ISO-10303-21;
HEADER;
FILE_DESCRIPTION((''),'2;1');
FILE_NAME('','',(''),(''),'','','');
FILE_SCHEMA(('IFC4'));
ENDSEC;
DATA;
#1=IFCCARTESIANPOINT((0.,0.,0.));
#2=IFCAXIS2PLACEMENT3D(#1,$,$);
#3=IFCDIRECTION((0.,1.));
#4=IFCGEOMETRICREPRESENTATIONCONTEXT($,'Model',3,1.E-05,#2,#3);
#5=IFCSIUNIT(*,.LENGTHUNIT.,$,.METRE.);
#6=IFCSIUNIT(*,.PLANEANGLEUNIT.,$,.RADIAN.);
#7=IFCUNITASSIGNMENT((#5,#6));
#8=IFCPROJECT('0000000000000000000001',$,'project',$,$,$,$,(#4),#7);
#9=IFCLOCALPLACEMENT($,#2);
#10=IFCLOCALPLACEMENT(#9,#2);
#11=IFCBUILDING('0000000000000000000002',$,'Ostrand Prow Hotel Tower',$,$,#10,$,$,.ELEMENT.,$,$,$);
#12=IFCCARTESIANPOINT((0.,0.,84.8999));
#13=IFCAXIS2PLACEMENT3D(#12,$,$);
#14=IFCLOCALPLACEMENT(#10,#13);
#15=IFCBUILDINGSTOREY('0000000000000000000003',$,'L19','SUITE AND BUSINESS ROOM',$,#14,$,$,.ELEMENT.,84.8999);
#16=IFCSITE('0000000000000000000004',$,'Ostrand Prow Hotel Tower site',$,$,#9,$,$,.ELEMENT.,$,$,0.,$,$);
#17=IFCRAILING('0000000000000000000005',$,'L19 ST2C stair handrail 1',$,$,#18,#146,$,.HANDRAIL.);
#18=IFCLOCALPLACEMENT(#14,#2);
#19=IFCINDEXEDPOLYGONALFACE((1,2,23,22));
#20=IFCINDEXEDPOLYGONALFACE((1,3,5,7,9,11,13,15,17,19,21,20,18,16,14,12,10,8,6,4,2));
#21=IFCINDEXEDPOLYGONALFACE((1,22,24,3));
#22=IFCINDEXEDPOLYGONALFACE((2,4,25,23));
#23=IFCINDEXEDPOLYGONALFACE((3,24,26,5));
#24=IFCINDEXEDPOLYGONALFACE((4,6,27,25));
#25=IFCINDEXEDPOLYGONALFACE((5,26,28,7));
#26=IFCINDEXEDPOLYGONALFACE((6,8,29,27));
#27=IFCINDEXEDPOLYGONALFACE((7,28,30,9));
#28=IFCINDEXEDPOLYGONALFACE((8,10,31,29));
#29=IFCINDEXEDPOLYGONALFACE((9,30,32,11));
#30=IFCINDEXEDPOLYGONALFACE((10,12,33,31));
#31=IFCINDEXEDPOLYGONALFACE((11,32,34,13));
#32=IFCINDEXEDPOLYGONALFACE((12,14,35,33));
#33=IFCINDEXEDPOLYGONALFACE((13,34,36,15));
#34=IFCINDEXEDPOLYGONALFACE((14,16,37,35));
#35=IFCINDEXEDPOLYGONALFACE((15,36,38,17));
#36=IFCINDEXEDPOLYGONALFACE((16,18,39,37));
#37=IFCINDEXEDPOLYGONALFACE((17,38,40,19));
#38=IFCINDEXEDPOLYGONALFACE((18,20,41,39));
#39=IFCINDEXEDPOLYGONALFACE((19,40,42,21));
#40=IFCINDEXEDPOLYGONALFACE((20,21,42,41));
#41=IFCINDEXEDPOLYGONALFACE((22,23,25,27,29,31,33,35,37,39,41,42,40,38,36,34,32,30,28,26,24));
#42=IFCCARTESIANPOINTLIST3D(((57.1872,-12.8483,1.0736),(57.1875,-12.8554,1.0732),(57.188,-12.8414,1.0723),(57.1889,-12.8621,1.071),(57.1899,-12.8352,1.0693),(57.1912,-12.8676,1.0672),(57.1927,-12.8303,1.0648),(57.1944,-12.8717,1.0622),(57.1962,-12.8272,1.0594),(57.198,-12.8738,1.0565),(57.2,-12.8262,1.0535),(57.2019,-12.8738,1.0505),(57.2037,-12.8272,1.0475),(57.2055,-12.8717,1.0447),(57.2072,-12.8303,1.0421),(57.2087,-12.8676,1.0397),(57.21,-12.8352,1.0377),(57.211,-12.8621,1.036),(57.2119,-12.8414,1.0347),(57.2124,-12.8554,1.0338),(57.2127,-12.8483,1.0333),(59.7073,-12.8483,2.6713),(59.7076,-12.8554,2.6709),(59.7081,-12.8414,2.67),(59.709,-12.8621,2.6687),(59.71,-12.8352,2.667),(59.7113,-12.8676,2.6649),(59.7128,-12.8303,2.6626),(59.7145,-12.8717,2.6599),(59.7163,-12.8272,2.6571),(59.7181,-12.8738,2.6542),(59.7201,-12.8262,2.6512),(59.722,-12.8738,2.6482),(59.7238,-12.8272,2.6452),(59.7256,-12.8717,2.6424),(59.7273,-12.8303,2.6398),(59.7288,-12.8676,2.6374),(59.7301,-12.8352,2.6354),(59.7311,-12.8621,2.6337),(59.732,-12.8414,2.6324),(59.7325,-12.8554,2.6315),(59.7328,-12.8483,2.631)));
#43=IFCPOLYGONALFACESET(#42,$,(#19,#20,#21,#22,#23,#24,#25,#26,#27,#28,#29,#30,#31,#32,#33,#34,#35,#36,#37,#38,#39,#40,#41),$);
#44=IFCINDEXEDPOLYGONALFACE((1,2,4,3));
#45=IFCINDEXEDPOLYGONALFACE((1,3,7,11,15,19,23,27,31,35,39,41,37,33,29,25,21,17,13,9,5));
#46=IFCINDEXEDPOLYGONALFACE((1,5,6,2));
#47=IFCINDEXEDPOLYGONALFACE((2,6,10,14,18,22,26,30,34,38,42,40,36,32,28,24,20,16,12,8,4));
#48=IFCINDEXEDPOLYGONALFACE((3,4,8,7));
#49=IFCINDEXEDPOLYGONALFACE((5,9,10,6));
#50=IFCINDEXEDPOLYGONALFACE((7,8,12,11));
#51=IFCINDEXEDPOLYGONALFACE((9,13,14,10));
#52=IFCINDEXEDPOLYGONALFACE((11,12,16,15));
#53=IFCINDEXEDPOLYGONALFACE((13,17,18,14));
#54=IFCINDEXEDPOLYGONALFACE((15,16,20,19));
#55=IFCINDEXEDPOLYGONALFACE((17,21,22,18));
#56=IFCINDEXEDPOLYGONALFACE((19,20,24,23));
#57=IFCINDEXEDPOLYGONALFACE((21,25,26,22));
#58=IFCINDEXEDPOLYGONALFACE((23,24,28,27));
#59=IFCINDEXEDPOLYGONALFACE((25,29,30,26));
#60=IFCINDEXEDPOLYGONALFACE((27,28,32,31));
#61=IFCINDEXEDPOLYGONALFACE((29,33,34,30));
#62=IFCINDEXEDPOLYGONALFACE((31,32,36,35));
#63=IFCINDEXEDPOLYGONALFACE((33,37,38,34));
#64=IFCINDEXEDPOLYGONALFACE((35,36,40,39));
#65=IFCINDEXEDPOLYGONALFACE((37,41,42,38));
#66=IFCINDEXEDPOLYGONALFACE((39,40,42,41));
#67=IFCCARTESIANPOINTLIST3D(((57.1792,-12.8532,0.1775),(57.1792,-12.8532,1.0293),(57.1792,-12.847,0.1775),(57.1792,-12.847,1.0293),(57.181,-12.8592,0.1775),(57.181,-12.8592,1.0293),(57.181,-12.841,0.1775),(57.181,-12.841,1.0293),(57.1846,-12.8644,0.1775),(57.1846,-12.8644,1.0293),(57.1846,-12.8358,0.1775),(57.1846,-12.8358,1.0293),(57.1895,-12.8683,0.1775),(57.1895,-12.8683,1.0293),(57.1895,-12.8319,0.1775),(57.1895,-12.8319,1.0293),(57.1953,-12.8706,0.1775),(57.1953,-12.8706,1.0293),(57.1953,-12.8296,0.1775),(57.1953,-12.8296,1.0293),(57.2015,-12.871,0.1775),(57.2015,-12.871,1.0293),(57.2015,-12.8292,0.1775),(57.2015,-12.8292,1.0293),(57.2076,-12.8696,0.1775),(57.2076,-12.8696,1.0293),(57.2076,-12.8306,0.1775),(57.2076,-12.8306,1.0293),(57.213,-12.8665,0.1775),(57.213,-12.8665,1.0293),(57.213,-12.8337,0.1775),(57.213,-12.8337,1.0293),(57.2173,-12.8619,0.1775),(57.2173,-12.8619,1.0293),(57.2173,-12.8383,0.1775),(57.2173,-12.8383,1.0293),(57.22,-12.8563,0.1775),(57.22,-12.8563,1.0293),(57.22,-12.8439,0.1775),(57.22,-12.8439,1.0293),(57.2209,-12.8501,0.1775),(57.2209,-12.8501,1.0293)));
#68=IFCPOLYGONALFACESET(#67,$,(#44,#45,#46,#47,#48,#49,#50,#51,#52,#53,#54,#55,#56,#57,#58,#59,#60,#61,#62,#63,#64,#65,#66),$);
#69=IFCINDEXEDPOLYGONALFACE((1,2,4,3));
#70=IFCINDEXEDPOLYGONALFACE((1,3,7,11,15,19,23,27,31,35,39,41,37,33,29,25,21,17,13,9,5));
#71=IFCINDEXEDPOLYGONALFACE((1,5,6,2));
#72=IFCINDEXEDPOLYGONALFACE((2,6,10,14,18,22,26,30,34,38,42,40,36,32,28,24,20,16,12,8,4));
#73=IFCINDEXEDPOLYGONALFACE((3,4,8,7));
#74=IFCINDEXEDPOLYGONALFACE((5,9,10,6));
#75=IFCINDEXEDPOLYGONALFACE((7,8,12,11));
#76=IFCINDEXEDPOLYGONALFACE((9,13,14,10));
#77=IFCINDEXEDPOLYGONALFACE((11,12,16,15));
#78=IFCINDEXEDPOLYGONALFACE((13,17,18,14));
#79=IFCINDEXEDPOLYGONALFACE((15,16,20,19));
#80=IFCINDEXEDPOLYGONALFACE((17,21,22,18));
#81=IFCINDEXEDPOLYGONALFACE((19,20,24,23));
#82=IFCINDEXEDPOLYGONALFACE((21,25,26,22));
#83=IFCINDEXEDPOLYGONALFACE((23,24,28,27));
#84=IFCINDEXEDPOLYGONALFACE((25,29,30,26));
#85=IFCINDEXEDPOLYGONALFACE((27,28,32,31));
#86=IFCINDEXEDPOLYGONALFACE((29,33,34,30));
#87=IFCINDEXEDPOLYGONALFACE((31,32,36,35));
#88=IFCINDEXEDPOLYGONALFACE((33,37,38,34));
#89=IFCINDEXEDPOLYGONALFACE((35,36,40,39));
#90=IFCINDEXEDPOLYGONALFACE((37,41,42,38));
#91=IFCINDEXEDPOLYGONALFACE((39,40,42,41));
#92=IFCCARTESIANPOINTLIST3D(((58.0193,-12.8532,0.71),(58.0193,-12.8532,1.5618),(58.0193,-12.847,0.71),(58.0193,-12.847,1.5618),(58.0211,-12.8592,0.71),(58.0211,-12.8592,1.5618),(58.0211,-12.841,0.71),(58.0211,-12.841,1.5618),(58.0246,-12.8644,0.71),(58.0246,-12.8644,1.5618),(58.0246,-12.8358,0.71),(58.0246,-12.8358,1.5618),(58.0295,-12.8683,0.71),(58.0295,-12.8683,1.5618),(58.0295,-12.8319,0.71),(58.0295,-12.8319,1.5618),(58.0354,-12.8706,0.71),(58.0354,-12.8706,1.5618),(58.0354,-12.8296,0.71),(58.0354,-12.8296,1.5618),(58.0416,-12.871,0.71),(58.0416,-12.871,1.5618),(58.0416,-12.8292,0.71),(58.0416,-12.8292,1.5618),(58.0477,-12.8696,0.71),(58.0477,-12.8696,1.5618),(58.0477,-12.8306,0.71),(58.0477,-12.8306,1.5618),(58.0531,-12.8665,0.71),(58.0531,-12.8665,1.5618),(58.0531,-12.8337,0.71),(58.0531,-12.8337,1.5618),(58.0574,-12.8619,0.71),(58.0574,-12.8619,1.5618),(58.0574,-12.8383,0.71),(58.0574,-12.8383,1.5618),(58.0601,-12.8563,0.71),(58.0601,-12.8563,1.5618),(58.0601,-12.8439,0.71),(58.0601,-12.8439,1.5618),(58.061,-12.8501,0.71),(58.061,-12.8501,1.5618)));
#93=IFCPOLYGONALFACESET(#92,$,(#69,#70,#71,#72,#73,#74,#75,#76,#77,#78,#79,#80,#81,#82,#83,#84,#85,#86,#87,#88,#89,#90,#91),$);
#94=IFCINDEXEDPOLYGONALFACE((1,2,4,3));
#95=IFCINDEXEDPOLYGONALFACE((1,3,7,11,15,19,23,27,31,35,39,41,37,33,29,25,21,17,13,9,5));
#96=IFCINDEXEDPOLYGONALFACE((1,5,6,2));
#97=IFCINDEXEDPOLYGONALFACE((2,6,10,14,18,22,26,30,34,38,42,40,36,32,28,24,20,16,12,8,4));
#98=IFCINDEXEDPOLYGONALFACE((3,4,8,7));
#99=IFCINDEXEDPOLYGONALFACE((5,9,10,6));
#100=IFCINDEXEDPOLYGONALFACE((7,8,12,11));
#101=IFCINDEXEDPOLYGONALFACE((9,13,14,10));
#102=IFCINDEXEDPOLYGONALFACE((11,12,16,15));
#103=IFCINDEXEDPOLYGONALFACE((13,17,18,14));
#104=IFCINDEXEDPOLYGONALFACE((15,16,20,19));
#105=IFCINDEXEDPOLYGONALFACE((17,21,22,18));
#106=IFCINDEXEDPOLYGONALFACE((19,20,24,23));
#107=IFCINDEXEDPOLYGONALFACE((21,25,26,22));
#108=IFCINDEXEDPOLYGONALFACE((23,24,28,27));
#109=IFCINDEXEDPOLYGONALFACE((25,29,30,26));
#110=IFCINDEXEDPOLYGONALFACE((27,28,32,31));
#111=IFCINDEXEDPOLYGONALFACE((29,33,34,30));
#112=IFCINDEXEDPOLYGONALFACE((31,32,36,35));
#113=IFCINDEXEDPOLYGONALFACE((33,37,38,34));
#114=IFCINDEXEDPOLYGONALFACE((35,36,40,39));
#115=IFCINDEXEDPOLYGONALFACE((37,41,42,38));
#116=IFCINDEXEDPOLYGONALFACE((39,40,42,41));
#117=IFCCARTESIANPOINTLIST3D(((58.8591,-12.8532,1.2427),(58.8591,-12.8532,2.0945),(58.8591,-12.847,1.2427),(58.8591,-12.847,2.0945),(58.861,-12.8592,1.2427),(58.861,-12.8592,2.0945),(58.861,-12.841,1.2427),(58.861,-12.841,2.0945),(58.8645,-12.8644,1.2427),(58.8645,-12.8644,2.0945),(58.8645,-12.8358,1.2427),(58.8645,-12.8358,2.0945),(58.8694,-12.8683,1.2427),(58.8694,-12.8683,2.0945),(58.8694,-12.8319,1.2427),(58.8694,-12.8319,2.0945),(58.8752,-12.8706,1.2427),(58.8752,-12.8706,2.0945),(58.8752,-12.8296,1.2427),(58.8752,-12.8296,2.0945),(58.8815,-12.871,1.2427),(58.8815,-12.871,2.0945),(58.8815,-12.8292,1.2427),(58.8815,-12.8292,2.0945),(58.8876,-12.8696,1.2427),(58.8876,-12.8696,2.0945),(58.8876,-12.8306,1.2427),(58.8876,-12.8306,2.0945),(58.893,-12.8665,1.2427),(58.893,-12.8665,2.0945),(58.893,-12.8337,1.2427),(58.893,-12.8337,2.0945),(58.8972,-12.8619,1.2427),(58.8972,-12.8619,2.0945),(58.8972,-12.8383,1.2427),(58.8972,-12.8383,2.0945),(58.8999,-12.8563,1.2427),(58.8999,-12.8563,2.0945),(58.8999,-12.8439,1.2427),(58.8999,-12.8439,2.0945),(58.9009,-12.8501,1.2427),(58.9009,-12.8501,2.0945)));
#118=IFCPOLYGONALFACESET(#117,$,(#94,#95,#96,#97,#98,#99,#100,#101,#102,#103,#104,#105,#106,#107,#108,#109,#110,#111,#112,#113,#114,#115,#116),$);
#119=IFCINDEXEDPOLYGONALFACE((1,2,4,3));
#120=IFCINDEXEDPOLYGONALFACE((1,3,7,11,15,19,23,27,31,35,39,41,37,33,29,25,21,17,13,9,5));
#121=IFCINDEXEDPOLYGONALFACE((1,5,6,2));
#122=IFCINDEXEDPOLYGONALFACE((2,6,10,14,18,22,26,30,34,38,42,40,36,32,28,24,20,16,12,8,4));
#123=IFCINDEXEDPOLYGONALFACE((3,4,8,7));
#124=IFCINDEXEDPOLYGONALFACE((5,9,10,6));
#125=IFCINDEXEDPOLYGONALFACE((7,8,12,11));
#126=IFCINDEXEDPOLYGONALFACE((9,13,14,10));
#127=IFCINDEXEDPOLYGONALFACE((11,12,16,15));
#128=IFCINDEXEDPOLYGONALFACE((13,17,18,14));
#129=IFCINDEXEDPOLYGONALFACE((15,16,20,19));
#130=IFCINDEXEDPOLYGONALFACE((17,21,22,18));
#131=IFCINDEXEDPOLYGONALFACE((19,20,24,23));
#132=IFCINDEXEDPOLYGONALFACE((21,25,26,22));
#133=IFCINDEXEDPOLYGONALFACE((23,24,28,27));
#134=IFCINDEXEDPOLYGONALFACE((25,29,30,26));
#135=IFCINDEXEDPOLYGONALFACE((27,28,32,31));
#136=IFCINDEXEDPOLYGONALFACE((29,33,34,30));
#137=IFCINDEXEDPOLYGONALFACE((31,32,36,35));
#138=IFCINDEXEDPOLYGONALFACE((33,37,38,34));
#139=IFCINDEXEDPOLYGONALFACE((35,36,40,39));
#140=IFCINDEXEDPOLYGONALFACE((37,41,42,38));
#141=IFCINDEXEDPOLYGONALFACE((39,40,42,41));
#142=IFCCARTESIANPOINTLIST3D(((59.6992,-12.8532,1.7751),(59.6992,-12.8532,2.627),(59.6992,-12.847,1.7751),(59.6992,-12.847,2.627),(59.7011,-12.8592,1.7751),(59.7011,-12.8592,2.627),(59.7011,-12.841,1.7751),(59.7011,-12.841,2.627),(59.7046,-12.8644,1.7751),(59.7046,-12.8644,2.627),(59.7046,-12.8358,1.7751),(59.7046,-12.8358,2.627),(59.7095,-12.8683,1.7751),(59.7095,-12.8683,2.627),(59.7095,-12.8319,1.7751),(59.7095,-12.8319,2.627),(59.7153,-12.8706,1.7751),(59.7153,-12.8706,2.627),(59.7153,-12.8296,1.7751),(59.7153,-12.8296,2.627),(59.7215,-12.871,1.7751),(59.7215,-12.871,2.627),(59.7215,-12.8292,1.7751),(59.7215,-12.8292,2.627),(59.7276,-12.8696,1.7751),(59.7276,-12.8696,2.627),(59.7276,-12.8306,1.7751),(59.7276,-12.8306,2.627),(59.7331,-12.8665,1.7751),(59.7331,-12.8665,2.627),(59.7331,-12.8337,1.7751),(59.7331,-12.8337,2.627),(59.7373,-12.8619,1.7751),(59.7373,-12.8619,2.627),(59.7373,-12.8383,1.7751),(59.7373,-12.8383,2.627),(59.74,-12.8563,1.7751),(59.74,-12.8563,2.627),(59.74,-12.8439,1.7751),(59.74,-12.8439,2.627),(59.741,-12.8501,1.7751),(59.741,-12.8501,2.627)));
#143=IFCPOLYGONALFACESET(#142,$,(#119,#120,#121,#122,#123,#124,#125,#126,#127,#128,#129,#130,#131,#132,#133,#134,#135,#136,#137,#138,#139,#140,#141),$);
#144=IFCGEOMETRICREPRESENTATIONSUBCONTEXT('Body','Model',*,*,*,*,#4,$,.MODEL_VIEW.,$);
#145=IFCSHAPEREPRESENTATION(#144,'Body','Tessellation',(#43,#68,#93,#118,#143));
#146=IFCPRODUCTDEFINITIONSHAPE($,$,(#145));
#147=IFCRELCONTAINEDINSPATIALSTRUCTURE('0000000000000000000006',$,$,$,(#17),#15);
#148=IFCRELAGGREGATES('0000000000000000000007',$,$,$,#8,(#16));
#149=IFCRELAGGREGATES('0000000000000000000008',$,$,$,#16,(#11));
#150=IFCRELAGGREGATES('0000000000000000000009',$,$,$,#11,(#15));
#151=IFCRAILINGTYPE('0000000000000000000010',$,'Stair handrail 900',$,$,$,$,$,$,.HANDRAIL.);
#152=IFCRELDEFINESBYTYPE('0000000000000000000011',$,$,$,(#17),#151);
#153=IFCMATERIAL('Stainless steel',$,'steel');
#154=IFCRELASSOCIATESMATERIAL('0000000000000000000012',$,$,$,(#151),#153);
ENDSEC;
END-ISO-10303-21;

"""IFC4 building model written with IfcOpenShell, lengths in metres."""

from ifc_helpers import new_model, si_unit, direction, frame, origin, origin_2d, place, context, subcontext, project, spatial, circle, extrude, material, type_object, element, save


model = new_model("IFC4")

# Units and contexts
model_context = context("Model", 3, precision=1e-05, world=origin(), true_north=direction((0.0, 1.0)))
body_context = subcontext(model_context, "Body", "Model", "MODEL_VIEW")
ifc_project = project(units=[si_unit("LENGTHUNIT", "METRE"), si_unit("PLANEANGLEUNIT", "RADIAN")], contexts=[model_context])

# Site, building, storey
site_placement = place(None, origin())
site = spatial("IfcSite", under=ifc_project, at=site_placement, Name="Ostrand Prow Hotel Tower site", CompositionType="ELEMENT", RefElevation=0.0)
building_placement = place(site_placement, origin())
building = spatial("IfcBuilding", under=site, at=building_placement, Name="Ostrand Prow Hotel Tower", CompositionType="ELEMENT")
storey_placement = place(building_placement, frame((0.0, 0.0, 84.8999)))
storey = spatial("IfcBuildingStorey", under=building, at=storey_placement, Name="L19", Description="SUITE AND BUSINESS ROOM", CompositionType="ELEMENT", Elevation=84.8999)

# Railing
ifc_material_1 = material(Name="Stainless steel", Category="steel")
railing_type_1 = type_object("IfcRailingType", Name="Stair handrail 900", PredefinedType="HANDRAIL", material=ifc_material_1)
railing_1_placement = place(storey_placement, frame((57.2, -12.8501, 0.1775)))
element("IfcRailing", 1, at=railing_1_placement, inside=storey, type_object=railing_type_1, Name="L19 ST2C stair handrail 1", PredefinedType="HANDRAIL", context=body_context, shape_type="SweptSolid", body=[
    extrude(circle(Radius=0.0239, at=origin_2d()), frame((0.0, 0.0, 0.876), z_axis=(0.84457, 0.0, 0.535445), x_axis=(0.0, 1.0, 0.0)), (0.0, 0.0, 1.0), 2.9839),
    extrude(circle(Radius=0.021, at=origin_2d()), origin(), (0.0, 0.0, 1.0), 0.8518),
    extrude(circle(Radius=0.021, at=origin_2d()), frame((0.8401, 0.0, 0.5325)), (0.0, 0.0, 1.0), 0.8518),
    extrude(circle(Radius=0.021, at=origin_2d()), frame((1.6799, 0.0, 1.0652)), (0.0, 0.0, 1.0), 0.8518),
    extrude(circle(Radius=0.021, at=origin_2d()), frame((2.52, 0.0, 1.5977)), (0.0, 0.0, 1.0), 0.8518),
])

save(model, "model.ifc")
